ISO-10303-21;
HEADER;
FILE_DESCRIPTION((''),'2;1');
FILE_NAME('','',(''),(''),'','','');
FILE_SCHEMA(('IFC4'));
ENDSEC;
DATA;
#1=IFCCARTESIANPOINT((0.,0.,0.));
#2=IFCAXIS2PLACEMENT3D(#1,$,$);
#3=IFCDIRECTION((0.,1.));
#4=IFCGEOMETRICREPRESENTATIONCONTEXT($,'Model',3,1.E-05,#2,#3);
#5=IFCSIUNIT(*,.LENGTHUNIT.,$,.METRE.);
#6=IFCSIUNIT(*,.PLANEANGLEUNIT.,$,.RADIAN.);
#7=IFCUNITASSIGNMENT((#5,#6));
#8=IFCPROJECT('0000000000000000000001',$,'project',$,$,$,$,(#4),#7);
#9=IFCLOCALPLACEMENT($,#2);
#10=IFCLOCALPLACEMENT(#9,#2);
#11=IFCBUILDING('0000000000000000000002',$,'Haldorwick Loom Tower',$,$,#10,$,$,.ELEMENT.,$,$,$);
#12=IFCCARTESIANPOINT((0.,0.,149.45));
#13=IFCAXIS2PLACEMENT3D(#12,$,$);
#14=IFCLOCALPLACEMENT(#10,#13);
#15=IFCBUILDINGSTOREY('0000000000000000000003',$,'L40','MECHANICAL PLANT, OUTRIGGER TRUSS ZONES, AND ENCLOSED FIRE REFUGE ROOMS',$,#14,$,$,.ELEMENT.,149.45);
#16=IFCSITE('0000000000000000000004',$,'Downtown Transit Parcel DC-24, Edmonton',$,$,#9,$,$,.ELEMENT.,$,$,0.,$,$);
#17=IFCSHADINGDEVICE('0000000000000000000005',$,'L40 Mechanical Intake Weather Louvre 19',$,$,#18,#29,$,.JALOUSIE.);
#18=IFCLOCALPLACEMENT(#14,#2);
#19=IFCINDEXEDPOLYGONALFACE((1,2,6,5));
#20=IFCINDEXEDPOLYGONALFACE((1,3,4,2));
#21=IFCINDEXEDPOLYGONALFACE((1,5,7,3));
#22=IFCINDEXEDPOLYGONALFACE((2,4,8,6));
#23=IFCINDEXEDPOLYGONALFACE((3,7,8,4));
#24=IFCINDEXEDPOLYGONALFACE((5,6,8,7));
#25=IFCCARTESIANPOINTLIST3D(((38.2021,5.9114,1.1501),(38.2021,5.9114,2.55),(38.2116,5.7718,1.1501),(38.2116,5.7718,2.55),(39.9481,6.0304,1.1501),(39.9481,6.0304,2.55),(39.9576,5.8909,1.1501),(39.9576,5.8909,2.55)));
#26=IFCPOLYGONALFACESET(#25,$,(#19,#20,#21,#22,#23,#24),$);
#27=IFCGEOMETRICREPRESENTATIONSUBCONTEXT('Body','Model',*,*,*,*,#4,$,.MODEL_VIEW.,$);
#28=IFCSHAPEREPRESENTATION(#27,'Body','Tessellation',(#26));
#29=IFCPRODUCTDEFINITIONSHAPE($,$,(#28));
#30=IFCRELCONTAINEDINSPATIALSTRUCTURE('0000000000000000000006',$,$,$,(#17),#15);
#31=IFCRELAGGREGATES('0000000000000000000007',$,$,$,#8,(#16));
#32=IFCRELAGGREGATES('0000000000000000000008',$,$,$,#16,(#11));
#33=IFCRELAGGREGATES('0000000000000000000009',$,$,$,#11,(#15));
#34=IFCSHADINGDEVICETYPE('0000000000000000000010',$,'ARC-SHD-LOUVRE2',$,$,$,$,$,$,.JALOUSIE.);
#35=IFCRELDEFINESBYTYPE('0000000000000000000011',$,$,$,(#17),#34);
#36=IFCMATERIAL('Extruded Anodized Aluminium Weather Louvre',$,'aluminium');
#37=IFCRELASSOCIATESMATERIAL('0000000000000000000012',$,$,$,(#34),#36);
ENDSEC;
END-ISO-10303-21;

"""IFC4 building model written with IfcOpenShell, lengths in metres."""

from ifc_helpers import new_model, si_unit, direction, frame, origin, origin_2d, place, context, subcontext, project, spatial, rectangle, extrude, material, type_object, element, save


model = new_model("IFC4")

# Units and contexts
model_context = context("Model", 3, precision=1e-05, world=origin(), true_north=direction((0.0, 1.0)))
body_context = subcontext(model_context, "Body", "Model", "MODEL_VIEW")
ifc_project = project(units=[si_unit("LENGTHUNIT", "METRE"), si_unit("PLANEANGLEUNIT", "RADIAN")], contexts=[model_context])

# Site, building, storey
site_placement = place(None, origin())
site = spatial("IfcSite", under=ifc_project, at=site_placement, Name="Downtown Transit Parcel DC-24, Edmonton", CompositionType="ELEMENT", RefElevation=0.0)
building_placement = place(site_placement, origin())
building = spatial("IfcBuilding", under=site, at=building_placement, Name="Haldorwick Loom Tower", CompositionType="ELEMENT")
storey_placement = place(building_placement, frame((0.0, 0.0, 149.45)))
storey = spatial("IfcBuildingStorey", under=building, at=storey_placement, Name="L40", Description="MECHANICAL PLANT, OUTRIGGER TRUSS ZONES, AND ENCLOSED FIRE REFUGE ROOMS", CompositionType="ELEMENT", Elevation=149.45)

# Shading device
ifc_material_1 = material(Name="Extruded Anodized Aluminium Weather Louvre", Category="aluminium")
shading_device_type_1 = type_object("IfcShadingDeviceType", Name="ARC-SHD-LOUVRE2", PredefinedType="JALOUSIE", material=ifc_material_1)
shading_device_1_placement = place(storey_placement, frame((39.0798, 5.9011, 1.1501), z_axis=(0.0, 0.0, 1.0), x_axis=(0.997684, 0.068015, 0.0)))
element("IfcShadingDevice", 1, at=shading_device_1_placement, inside=storey, type_object=shading_device_type_1, Name="L40 Mechanical Intake Weather Louvre 19", PredefinedType="JALOUSIE", context=body_context, shape_type="SweptSolid", body=[
    extrude(rectangle(XDim=1.75, YDim=0.1399, at=origin_2d()), origin(), (0.0, 0.0, 1.0), 1.3999),
])

save(model, "model.ifc")
